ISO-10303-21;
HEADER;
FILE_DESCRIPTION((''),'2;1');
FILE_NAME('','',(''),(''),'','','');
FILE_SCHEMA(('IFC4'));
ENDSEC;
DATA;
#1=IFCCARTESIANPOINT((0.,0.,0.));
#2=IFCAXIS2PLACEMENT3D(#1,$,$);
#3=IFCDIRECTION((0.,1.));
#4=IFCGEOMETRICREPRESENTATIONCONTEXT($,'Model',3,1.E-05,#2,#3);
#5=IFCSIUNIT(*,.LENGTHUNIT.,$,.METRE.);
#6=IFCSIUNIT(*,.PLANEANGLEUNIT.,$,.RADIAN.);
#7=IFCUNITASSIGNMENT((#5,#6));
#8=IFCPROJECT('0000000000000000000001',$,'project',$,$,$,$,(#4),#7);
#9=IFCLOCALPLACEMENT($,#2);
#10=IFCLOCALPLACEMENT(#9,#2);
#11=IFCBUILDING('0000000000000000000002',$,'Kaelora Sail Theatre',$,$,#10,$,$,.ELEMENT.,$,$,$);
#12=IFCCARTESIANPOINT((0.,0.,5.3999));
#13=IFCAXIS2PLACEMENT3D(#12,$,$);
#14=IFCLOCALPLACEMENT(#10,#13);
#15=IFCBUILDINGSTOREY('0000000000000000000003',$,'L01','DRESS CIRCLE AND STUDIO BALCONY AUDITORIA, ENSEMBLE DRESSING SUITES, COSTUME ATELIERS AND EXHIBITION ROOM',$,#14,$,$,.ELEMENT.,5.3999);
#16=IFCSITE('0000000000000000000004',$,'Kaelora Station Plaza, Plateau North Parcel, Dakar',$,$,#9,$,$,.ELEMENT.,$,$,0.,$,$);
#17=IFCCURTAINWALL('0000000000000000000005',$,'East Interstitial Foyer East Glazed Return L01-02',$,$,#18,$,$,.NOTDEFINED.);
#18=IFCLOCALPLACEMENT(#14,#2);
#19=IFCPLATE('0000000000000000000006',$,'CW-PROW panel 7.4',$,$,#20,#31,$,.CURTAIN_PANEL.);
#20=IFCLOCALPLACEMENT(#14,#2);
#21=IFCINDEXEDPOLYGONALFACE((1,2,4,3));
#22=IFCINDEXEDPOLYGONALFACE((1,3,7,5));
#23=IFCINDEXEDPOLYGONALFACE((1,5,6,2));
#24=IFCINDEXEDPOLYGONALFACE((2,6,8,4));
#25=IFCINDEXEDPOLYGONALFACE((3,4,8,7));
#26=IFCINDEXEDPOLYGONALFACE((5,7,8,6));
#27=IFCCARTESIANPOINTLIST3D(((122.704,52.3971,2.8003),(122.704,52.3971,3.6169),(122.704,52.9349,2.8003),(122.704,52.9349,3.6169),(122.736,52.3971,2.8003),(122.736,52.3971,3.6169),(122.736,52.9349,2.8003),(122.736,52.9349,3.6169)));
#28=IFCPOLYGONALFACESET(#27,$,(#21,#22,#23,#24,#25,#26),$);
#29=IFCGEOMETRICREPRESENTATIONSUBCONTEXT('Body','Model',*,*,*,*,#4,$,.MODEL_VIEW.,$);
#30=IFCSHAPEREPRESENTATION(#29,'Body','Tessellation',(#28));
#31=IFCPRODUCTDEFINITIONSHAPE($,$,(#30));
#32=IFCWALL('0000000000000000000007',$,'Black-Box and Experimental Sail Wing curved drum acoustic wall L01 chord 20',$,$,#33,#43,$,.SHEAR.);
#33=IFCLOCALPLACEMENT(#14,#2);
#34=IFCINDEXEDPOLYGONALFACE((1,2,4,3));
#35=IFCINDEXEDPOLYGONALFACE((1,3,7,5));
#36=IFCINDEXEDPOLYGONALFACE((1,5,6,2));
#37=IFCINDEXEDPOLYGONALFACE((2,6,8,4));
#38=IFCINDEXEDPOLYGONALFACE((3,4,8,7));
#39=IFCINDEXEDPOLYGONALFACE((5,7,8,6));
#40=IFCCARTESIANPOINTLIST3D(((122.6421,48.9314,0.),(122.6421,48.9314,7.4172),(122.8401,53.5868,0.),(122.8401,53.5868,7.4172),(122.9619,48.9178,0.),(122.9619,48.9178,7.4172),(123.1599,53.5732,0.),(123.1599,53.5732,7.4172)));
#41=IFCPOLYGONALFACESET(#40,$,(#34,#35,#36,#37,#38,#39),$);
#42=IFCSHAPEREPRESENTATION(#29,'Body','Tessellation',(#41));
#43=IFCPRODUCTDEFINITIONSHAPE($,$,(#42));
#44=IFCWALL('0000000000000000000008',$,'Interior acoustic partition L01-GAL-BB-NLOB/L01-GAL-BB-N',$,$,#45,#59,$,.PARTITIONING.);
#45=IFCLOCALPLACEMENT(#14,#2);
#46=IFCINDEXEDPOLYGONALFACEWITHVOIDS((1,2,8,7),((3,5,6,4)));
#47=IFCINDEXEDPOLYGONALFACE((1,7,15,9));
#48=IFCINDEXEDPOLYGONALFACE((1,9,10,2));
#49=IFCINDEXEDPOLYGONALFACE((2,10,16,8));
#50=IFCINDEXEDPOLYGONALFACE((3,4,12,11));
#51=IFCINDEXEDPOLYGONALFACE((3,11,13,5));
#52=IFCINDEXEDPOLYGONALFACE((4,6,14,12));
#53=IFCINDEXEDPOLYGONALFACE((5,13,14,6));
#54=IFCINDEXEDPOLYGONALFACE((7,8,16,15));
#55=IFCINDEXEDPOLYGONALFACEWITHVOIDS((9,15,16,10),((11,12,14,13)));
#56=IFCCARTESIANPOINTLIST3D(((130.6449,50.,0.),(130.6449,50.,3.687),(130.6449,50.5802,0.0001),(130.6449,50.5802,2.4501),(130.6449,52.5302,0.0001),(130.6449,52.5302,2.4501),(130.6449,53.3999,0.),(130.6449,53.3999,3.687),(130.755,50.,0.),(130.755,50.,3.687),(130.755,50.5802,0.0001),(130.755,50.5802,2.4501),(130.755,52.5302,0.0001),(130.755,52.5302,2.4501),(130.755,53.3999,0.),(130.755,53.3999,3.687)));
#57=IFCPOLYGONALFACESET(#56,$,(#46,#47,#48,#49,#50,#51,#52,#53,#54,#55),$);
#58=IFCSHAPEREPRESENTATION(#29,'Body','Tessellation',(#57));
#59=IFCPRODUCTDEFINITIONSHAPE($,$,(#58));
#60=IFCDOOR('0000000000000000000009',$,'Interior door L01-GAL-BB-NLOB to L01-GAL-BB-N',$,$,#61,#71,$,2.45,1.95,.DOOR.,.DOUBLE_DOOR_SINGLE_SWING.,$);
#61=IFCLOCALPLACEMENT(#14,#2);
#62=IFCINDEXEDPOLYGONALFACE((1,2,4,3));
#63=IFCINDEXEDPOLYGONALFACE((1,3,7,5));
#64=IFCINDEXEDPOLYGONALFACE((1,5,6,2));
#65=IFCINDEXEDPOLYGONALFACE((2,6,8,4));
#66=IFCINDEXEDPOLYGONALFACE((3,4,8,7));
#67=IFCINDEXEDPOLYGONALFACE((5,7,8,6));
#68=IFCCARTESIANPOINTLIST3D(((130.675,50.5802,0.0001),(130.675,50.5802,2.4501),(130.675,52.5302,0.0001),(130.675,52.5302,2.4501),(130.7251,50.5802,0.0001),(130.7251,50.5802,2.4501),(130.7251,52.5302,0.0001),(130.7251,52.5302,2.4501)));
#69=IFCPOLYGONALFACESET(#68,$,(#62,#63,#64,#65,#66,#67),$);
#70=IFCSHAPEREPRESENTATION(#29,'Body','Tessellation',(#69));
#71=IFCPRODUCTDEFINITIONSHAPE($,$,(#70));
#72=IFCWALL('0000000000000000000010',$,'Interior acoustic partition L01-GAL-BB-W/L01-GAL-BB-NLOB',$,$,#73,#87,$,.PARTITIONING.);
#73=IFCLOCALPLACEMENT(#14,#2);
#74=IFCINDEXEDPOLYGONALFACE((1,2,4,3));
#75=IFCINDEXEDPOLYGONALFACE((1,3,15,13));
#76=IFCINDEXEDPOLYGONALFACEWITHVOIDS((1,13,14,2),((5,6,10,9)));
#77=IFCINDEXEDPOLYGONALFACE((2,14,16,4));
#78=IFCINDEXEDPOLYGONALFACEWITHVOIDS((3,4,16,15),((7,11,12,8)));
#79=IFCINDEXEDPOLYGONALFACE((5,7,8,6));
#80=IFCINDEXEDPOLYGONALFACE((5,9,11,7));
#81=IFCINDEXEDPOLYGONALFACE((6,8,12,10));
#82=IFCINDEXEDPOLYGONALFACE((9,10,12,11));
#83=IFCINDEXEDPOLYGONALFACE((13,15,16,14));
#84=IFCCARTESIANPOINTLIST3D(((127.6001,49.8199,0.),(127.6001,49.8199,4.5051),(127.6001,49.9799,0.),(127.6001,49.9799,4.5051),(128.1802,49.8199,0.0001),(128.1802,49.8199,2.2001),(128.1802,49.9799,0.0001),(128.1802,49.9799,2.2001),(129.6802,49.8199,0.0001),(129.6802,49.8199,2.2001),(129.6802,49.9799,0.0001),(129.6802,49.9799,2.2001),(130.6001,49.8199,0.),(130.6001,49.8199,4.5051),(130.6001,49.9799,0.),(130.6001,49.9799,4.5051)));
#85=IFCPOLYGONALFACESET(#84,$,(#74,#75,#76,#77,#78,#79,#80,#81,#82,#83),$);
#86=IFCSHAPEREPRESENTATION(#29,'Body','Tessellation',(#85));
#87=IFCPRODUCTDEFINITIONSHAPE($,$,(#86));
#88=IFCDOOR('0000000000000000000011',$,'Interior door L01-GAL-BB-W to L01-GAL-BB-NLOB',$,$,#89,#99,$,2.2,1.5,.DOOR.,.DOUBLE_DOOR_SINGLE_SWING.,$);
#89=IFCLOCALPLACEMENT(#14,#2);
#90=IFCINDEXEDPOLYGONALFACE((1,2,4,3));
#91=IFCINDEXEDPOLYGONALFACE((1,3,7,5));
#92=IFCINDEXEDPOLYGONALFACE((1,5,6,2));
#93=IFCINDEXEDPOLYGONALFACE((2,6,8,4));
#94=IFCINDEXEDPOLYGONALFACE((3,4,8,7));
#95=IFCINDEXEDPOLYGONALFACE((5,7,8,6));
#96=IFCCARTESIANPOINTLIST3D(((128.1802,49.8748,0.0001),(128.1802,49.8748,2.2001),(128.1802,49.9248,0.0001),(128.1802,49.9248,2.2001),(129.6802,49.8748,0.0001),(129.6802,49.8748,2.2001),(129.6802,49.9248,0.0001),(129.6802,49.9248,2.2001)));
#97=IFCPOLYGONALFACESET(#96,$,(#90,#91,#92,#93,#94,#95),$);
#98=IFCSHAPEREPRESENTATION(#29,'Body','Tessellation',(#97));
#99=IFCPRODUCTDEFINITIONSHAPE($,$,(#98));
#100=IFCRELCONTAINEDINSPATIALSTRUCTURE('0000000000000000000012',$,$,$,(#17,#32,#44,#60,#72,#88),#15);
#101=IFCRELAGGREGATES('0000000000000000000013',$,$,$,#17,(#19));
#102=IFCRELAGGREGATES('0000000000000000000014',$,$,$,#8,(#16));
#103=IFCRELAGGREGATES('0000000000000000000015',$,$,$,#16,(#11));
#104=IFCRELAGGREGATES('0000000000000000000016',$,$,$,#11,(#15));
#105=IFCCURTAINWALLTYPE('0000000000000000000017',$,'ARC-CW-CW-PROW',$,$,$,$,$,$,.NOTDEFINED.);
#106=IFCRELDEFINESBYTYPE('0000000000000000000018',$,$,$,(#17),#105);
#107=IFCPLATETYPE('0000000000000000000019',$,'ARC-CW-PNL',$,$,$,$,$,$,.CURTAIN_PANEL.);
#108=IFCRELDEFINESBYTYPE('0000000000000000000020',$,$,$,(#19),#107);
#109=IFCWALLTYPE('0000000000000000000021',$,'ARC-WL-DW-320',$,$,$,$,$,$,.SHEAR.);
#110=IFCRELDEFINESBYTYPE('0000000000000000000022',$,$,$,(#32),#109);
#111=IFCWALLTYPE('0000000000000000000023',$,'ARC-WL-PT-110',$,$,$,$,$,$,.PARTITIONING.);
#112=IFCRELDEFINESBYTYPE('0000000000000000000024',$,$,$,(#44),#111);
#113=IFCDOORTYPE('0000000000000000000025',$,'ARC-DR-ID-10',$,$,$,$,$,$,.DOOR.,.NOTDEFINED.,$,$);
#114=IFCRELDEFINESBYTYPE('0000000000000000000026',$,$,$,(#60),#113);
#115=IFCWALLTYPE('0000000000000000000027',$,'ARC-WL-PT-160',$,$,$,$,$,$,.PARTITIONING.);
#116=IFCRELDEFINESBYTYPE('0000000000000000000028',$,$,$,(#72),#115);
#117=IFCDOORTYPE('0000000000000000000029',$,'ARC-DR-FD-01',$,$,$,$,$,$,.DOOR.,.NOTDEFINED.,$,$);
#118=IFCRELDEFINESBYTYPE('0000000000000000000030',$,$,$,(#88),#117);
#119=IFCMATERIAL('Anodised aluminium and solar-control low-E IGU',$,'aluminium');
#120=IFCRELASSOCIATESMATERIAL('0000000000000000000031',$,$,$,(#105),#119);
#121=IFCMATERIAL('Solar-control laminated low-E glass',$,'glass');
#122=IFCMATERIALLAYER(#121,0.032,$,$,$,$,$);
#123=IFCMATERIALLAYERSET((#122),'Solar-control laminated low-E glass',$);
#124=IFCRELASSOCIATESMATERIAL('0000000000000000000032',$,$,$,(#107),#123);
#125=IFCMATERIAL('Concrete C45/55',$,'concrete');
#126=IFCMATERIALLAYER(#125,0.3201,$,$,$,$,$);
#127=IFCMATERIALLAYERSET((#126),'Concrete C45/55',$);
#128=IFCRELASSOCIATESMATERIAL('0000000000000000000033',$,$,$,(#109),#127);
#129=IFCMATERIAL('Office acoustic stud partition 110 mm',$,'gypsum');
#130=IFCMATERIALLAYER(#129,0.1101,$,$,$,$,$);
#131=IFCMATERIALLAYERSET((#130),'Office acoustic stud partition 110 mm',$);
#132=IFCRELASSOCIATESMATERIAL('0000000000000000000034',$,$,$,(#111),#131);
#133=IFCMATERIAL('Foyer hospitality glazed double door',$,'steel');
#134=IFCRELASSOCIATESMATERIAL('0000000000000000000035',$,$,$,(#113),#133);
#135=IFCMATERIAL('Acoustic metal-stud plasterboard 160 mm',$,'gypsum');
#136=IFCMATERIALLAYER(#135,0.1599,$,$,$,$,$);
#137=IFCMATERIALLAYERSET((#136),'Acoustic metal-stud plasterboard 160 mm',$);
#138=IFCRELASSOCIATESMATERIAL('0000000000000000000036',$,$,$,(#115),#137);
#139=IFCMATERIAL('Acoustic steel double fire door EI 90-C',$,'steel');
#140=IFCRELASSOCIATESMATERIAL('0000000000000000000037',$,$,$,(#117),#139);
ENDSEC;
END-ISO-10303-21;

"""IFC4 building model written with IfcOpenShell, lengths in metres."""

from ifc_helpers import new_model, si_unit, direction, frame, frame_2d, origin, origin_2d, place, context, subcontext, project, spatial, rectangle, extrude, material, layer, layer_set, type_object, element, fill, aggregate, save


model = new_model("IFC4")

# Units and contexts
model_context = context("Model", 3, precision=1e-05, world=origin(), true_north=direction((0.0, 1.0)))
body_context = subcontext(model_context, "Body", "Model", "MODEL_VIEW")
ifc_project = project(units=[si_unit("LENGTHUNIT", "METRE"), si_unit("PLANEANGLEUNIT", "RADIAN")], contexts=[model_context])

# Site, building, storey
site_placement = place(None, origin())
site = spatial("IfcSite", under=ifc_project, at=site_placement, Name="Kaelora Station Plaza, Plateau North Parcel, Dakar", CompositionType="ELEMENT", RefElevation=0.0)
building_placement = place(site_placement, origin())
building = spatial("IfcBuilding", under=site, at=building_placement, Name="Kaelora Sail Theatre", CompositionType="ELEMENT")
storey_placement = place(building_placement, frame((0.0, 0.0, 5.3999)))
storey = spatial("IfcBuildingStorey", under=building, at=storey_placement, Name="L01", Description="DRESS CIRCLE AND STUDIO BALCONY AUDITORIA, ENSEMBLE DRESSING SUITES, COSTUME ATELIERS AND EXHIBITION ROOM", CompositionType="ELEMENT", Elevation=5.3999)

# Curtain wall
ifc_material_1 = material(Name="Anodised aluminium and solar-control low-E IGU", Category="aluminium")
curtain_wall_type = type_object("IfcCurtainWallType", Name="ARC-CW-CW-PROW", PredefinedType="NOTDEFINED", material=ifc_material_1)
curtain_wall_placement = place(storey_placement, origin())
curtain_wall = element("IfcCurtainWall", 1, at=curtain_wall_placement, inside=storey, type_object=curtain_wall_type, Name="East Interstitial Foyer East Glazed Return L01-02", PredefinedType="NOTDEFINED")

# Plate
ifc_material_2 = material(Name="Solar-control laminated low-E glass", Category="glass")
ifc_layer_1 = layer(ifc_material_2, 0.032)
ifc_layer_set_1 = layer_set([ifc_layer_1], Name="Solar-control laminated low-E glass")
plate_type = type_object("IfcPlateType", Name="ARC-CW-PNL", PredefinedType="CURTAIN_PANEL", material=ifc_layer_set_1)
plate_1_placement = place(storey_placement, frame((122.72, 52.666, 2.8003), z_axis=(0.0, 0.0, 1.0), x_axis=(0.0, 1.0, 0.0)))
plate_1 = element("IfcPlate", 2, at=plate_1_placement, type_object=plate_type, Name="CW-PROW panel 7.4", PredefinedType="CURTAIN_PANEL", context=body_context, shape_type="SweptSolid", body=[
    extrude(rectangle(XDim=0.5378, YDim=0.032, at=origin_2d()), origin(), (0.0, 0.0, 1.0), 0.8167),
])
aggregate(curtain_wall, [plate_1])

# Wall
ifc_material_3 = material(Name="Concrete C45/55", Category="concrete")
ifc_layer_2 = layer(ifc_material_3, 0.3201)
ifc_layer_set_2 = layer_set([ifc_layer_2], Name="Concrete C45/55")
wall_type_1 = type_object("IfcWallType", Name="ARC-WL-DW-320", PredefinedType="SHEAR", material=ifc_layer_set_2)
wall_1_placement = place(storey_placement, frame((122.802, 48.9246, 0.0), z_axis=(0.0, 0.0, 1.0), x_axis=(0.042491, 0.999097, 0.0)))
element("IfcWall", 3, at=wall_1_placement, inside=storey, type_object=wall_type_1, Name="Black-Box and Experimental Sail Wing curved drum acoustic wall L01 chord 20", PredefinedType="SHEAR", context=body_context, shape_type="SweptSolid", body=[
    extrude(rectangle(XDim=4.6597, YDim=0.3201, at=frame_2d((2.3298, 0.0))), origin(), (0.0, 0.0, 1.0), 7.4172),
])

# Walls, openings, doors
ifc_material_4 = material(Name="Office acoustic stud partition 110 mm", Category="gypsum")
ifc_layer_3 = layer(ifc_material_4, 0.1101)
ifc_layer_set_3 = layer_set([ifc_layer_3], Name="Office acoustic stud partition 110 mm")
wall_type_2 = type_object("IfcWallType", Name="ARC-WL-PT-110", PredefinedType="PARTITIONING", material=ifc_layer_set_3)
wall_2_placement = place(storey_placement, frame((130.7, 50.0, 0.0), z_axis=(0.0, 0.0, 1.0), x_axis=(0.0, 1.0, 0.0)))
wall_2 = element("IfcWall", 4, at=wall_2_placement, inside=storey, type_object=wall_type_2, Name="Interior acoustic partition L01-GAL-BB-NLOB/L01-GAL-BB-N", PredefinedType="PARTITIONING", context=body_context, shape_type="SweptSolid", body=[
    extrude(rectangle(XDim=3.3999, YDim=0.1101, at=frame_2d((1.7, 0.0))), origin(), (0.0, 0.0, 1.0), 3.687),
])
opening_1_placement = place(wall_2_placement, frame((0.5801, 0.0, 0.0)))
opening_1 = element("IfcOpeningElement", 5, at=opening_1_placement, cuts=wall_2, PredefinedType="OPENING", context=body_context, shape_type="SweptSolid", body=[
    extrude(rectangle(XDim=1.95, YDim=2.45, at=frame_2d((0.9751, 1.2251))), frame((0.0, 0.0652, 0.0), z_axis=(0.0, -1.0, 0.0), x_axis=(1.0, 0.0, 0.0)), (0.0, 0.0, 1.0), 0.1301),
])
ifc_material_5 = material(Name="Foyer hospitality glazed double door", Category="steel")
door_type_1 = type_object("IfcDoorType", Name="ARC-DR-ID-10", OperationType="NOTDEFINED", PredefinedType="DOOR", material=ifc_material_5)
door_1_placement = place(opening_1_placement, origin())
door_1 = element("IfcDoor", 6, at=door_1_placement, inside=storey, type_object=door_type_1, Name="Interior door L01-GAL-BB-NLOB to L01-GAL-BB-N", OperationType="DOUBLE_DOOR_SINGLE_SWING", OverallHeight=2.45, OverallWidth=1.95, PredefinedType="DOOR", context=body_context, shape_type="SweptSolid", body=[
    extrude(rectangle(XDim=1.95, YDim=2.45, at=frame_2d((0.9751, 1.2251))), frame((0.0, 0.0249, 0.0), z_axis=(0.0, -1.0, 0.0), x_axis=(1.0, 0.0, 0.0)), (0.0, 0.0, 1.0), 0.05),
])
fill(opening_1, door_1)
ifc_material_6 = material(Name="Acoustic metal-stud plasterboard 160 mm", Category="gypsum")
ifc_layer_4 = layer(ifc_material_6, 0.1599)
ifc_layer_set_4 = layer_set([ifc_layer_4], Name="Acoustic metal-stud plasterboard 160 mm")
wall_type_3 = type_object("IfcWallType", Name="ARC-WL-PT-160", PredefinedType="PARTITIONING", material=ifc_layer_set_4)
wall_3_placement = place(storey_placement, frame((127.6001, 49.8999, 0.0), z_axis=(0.0, 0.0, 1.0), x_axis=(1.0, 0.0, 0.0)))
wall_3 = element("IfcWall", 7, at=wall_3_placement, inside=storey, type_object=wall_type_3, Name="Interior acoustic partition L01-GAL-BB-W/L01-GAL-BB-NLOB", PredefinedType="PARTITIONING", context=body_context, shape_type="SweptSolid", body=[
    extrude(rectangle(XDim=3.0, YDim=0.1599, at=frame_2d((1.5, 0.0))), origin(), (0.0, 0.0, 1.0), 4.5051),
])
opening_2_placement = place(wall_3_placement, frame((0.5801, 0.0, 0.0)))
opening_2 = element("IfcOpeningElement", 8, at=opening_2_placement, cuts=wall_3, PredefinedType="OPENING", context=body_context, shape_type="SweptSolid", body=[
    extrude(rectangle(XDim=1.5, YDim=2.2, at=frame_2d((0.75, 1.1001))), frame((0.0, 0.0901, 0.0), z_axis=(0.0, -1.0, 0.0), x_axis=(1.0, 0.0, 0.0)), (0.0, 0.0, 1.0), 0.1799),
])
ifc_material_7 = material(Name="Acoustic steel double fire door EI 90-C", Category="steel")
door_type_2 = type_object("IfcDoorType", Name="ARC-DR-FD-01", OperationType="NOTDEFINED", PredefinedType="DOOR", material=ifc_material_7)
door_2_placement = place(opening_2_placement, origin())
door_2 = element("IfcDoor", 9, at=door_2_placement, inside=storey, type_object=door_type_2, Name="Interior door L01-GAL-BB-W to L01-GAL-BB-NLOB", OperationType="DOUBLE_DOOR_SINGLE_SWING", OverallHeight=2.2, OverallWidth=1.5, PredefinedType="DOOR", context=body_context, shape_type="SweptSolid", body=[
    extrude(rectangle(XDim=1.5, YDim=2.2, at=frame_2d((0.75, 1.1001))), frame((0.0, 0.0249, 0.0), z_axis=(0.0, -1.0, 0.0), x_axis=(1.0, 0.0, 0.0)), (0.0, 0.0, 1.0), 0.05),
])
fill(opening_2, door_2)

save(model, "model.ifc")
